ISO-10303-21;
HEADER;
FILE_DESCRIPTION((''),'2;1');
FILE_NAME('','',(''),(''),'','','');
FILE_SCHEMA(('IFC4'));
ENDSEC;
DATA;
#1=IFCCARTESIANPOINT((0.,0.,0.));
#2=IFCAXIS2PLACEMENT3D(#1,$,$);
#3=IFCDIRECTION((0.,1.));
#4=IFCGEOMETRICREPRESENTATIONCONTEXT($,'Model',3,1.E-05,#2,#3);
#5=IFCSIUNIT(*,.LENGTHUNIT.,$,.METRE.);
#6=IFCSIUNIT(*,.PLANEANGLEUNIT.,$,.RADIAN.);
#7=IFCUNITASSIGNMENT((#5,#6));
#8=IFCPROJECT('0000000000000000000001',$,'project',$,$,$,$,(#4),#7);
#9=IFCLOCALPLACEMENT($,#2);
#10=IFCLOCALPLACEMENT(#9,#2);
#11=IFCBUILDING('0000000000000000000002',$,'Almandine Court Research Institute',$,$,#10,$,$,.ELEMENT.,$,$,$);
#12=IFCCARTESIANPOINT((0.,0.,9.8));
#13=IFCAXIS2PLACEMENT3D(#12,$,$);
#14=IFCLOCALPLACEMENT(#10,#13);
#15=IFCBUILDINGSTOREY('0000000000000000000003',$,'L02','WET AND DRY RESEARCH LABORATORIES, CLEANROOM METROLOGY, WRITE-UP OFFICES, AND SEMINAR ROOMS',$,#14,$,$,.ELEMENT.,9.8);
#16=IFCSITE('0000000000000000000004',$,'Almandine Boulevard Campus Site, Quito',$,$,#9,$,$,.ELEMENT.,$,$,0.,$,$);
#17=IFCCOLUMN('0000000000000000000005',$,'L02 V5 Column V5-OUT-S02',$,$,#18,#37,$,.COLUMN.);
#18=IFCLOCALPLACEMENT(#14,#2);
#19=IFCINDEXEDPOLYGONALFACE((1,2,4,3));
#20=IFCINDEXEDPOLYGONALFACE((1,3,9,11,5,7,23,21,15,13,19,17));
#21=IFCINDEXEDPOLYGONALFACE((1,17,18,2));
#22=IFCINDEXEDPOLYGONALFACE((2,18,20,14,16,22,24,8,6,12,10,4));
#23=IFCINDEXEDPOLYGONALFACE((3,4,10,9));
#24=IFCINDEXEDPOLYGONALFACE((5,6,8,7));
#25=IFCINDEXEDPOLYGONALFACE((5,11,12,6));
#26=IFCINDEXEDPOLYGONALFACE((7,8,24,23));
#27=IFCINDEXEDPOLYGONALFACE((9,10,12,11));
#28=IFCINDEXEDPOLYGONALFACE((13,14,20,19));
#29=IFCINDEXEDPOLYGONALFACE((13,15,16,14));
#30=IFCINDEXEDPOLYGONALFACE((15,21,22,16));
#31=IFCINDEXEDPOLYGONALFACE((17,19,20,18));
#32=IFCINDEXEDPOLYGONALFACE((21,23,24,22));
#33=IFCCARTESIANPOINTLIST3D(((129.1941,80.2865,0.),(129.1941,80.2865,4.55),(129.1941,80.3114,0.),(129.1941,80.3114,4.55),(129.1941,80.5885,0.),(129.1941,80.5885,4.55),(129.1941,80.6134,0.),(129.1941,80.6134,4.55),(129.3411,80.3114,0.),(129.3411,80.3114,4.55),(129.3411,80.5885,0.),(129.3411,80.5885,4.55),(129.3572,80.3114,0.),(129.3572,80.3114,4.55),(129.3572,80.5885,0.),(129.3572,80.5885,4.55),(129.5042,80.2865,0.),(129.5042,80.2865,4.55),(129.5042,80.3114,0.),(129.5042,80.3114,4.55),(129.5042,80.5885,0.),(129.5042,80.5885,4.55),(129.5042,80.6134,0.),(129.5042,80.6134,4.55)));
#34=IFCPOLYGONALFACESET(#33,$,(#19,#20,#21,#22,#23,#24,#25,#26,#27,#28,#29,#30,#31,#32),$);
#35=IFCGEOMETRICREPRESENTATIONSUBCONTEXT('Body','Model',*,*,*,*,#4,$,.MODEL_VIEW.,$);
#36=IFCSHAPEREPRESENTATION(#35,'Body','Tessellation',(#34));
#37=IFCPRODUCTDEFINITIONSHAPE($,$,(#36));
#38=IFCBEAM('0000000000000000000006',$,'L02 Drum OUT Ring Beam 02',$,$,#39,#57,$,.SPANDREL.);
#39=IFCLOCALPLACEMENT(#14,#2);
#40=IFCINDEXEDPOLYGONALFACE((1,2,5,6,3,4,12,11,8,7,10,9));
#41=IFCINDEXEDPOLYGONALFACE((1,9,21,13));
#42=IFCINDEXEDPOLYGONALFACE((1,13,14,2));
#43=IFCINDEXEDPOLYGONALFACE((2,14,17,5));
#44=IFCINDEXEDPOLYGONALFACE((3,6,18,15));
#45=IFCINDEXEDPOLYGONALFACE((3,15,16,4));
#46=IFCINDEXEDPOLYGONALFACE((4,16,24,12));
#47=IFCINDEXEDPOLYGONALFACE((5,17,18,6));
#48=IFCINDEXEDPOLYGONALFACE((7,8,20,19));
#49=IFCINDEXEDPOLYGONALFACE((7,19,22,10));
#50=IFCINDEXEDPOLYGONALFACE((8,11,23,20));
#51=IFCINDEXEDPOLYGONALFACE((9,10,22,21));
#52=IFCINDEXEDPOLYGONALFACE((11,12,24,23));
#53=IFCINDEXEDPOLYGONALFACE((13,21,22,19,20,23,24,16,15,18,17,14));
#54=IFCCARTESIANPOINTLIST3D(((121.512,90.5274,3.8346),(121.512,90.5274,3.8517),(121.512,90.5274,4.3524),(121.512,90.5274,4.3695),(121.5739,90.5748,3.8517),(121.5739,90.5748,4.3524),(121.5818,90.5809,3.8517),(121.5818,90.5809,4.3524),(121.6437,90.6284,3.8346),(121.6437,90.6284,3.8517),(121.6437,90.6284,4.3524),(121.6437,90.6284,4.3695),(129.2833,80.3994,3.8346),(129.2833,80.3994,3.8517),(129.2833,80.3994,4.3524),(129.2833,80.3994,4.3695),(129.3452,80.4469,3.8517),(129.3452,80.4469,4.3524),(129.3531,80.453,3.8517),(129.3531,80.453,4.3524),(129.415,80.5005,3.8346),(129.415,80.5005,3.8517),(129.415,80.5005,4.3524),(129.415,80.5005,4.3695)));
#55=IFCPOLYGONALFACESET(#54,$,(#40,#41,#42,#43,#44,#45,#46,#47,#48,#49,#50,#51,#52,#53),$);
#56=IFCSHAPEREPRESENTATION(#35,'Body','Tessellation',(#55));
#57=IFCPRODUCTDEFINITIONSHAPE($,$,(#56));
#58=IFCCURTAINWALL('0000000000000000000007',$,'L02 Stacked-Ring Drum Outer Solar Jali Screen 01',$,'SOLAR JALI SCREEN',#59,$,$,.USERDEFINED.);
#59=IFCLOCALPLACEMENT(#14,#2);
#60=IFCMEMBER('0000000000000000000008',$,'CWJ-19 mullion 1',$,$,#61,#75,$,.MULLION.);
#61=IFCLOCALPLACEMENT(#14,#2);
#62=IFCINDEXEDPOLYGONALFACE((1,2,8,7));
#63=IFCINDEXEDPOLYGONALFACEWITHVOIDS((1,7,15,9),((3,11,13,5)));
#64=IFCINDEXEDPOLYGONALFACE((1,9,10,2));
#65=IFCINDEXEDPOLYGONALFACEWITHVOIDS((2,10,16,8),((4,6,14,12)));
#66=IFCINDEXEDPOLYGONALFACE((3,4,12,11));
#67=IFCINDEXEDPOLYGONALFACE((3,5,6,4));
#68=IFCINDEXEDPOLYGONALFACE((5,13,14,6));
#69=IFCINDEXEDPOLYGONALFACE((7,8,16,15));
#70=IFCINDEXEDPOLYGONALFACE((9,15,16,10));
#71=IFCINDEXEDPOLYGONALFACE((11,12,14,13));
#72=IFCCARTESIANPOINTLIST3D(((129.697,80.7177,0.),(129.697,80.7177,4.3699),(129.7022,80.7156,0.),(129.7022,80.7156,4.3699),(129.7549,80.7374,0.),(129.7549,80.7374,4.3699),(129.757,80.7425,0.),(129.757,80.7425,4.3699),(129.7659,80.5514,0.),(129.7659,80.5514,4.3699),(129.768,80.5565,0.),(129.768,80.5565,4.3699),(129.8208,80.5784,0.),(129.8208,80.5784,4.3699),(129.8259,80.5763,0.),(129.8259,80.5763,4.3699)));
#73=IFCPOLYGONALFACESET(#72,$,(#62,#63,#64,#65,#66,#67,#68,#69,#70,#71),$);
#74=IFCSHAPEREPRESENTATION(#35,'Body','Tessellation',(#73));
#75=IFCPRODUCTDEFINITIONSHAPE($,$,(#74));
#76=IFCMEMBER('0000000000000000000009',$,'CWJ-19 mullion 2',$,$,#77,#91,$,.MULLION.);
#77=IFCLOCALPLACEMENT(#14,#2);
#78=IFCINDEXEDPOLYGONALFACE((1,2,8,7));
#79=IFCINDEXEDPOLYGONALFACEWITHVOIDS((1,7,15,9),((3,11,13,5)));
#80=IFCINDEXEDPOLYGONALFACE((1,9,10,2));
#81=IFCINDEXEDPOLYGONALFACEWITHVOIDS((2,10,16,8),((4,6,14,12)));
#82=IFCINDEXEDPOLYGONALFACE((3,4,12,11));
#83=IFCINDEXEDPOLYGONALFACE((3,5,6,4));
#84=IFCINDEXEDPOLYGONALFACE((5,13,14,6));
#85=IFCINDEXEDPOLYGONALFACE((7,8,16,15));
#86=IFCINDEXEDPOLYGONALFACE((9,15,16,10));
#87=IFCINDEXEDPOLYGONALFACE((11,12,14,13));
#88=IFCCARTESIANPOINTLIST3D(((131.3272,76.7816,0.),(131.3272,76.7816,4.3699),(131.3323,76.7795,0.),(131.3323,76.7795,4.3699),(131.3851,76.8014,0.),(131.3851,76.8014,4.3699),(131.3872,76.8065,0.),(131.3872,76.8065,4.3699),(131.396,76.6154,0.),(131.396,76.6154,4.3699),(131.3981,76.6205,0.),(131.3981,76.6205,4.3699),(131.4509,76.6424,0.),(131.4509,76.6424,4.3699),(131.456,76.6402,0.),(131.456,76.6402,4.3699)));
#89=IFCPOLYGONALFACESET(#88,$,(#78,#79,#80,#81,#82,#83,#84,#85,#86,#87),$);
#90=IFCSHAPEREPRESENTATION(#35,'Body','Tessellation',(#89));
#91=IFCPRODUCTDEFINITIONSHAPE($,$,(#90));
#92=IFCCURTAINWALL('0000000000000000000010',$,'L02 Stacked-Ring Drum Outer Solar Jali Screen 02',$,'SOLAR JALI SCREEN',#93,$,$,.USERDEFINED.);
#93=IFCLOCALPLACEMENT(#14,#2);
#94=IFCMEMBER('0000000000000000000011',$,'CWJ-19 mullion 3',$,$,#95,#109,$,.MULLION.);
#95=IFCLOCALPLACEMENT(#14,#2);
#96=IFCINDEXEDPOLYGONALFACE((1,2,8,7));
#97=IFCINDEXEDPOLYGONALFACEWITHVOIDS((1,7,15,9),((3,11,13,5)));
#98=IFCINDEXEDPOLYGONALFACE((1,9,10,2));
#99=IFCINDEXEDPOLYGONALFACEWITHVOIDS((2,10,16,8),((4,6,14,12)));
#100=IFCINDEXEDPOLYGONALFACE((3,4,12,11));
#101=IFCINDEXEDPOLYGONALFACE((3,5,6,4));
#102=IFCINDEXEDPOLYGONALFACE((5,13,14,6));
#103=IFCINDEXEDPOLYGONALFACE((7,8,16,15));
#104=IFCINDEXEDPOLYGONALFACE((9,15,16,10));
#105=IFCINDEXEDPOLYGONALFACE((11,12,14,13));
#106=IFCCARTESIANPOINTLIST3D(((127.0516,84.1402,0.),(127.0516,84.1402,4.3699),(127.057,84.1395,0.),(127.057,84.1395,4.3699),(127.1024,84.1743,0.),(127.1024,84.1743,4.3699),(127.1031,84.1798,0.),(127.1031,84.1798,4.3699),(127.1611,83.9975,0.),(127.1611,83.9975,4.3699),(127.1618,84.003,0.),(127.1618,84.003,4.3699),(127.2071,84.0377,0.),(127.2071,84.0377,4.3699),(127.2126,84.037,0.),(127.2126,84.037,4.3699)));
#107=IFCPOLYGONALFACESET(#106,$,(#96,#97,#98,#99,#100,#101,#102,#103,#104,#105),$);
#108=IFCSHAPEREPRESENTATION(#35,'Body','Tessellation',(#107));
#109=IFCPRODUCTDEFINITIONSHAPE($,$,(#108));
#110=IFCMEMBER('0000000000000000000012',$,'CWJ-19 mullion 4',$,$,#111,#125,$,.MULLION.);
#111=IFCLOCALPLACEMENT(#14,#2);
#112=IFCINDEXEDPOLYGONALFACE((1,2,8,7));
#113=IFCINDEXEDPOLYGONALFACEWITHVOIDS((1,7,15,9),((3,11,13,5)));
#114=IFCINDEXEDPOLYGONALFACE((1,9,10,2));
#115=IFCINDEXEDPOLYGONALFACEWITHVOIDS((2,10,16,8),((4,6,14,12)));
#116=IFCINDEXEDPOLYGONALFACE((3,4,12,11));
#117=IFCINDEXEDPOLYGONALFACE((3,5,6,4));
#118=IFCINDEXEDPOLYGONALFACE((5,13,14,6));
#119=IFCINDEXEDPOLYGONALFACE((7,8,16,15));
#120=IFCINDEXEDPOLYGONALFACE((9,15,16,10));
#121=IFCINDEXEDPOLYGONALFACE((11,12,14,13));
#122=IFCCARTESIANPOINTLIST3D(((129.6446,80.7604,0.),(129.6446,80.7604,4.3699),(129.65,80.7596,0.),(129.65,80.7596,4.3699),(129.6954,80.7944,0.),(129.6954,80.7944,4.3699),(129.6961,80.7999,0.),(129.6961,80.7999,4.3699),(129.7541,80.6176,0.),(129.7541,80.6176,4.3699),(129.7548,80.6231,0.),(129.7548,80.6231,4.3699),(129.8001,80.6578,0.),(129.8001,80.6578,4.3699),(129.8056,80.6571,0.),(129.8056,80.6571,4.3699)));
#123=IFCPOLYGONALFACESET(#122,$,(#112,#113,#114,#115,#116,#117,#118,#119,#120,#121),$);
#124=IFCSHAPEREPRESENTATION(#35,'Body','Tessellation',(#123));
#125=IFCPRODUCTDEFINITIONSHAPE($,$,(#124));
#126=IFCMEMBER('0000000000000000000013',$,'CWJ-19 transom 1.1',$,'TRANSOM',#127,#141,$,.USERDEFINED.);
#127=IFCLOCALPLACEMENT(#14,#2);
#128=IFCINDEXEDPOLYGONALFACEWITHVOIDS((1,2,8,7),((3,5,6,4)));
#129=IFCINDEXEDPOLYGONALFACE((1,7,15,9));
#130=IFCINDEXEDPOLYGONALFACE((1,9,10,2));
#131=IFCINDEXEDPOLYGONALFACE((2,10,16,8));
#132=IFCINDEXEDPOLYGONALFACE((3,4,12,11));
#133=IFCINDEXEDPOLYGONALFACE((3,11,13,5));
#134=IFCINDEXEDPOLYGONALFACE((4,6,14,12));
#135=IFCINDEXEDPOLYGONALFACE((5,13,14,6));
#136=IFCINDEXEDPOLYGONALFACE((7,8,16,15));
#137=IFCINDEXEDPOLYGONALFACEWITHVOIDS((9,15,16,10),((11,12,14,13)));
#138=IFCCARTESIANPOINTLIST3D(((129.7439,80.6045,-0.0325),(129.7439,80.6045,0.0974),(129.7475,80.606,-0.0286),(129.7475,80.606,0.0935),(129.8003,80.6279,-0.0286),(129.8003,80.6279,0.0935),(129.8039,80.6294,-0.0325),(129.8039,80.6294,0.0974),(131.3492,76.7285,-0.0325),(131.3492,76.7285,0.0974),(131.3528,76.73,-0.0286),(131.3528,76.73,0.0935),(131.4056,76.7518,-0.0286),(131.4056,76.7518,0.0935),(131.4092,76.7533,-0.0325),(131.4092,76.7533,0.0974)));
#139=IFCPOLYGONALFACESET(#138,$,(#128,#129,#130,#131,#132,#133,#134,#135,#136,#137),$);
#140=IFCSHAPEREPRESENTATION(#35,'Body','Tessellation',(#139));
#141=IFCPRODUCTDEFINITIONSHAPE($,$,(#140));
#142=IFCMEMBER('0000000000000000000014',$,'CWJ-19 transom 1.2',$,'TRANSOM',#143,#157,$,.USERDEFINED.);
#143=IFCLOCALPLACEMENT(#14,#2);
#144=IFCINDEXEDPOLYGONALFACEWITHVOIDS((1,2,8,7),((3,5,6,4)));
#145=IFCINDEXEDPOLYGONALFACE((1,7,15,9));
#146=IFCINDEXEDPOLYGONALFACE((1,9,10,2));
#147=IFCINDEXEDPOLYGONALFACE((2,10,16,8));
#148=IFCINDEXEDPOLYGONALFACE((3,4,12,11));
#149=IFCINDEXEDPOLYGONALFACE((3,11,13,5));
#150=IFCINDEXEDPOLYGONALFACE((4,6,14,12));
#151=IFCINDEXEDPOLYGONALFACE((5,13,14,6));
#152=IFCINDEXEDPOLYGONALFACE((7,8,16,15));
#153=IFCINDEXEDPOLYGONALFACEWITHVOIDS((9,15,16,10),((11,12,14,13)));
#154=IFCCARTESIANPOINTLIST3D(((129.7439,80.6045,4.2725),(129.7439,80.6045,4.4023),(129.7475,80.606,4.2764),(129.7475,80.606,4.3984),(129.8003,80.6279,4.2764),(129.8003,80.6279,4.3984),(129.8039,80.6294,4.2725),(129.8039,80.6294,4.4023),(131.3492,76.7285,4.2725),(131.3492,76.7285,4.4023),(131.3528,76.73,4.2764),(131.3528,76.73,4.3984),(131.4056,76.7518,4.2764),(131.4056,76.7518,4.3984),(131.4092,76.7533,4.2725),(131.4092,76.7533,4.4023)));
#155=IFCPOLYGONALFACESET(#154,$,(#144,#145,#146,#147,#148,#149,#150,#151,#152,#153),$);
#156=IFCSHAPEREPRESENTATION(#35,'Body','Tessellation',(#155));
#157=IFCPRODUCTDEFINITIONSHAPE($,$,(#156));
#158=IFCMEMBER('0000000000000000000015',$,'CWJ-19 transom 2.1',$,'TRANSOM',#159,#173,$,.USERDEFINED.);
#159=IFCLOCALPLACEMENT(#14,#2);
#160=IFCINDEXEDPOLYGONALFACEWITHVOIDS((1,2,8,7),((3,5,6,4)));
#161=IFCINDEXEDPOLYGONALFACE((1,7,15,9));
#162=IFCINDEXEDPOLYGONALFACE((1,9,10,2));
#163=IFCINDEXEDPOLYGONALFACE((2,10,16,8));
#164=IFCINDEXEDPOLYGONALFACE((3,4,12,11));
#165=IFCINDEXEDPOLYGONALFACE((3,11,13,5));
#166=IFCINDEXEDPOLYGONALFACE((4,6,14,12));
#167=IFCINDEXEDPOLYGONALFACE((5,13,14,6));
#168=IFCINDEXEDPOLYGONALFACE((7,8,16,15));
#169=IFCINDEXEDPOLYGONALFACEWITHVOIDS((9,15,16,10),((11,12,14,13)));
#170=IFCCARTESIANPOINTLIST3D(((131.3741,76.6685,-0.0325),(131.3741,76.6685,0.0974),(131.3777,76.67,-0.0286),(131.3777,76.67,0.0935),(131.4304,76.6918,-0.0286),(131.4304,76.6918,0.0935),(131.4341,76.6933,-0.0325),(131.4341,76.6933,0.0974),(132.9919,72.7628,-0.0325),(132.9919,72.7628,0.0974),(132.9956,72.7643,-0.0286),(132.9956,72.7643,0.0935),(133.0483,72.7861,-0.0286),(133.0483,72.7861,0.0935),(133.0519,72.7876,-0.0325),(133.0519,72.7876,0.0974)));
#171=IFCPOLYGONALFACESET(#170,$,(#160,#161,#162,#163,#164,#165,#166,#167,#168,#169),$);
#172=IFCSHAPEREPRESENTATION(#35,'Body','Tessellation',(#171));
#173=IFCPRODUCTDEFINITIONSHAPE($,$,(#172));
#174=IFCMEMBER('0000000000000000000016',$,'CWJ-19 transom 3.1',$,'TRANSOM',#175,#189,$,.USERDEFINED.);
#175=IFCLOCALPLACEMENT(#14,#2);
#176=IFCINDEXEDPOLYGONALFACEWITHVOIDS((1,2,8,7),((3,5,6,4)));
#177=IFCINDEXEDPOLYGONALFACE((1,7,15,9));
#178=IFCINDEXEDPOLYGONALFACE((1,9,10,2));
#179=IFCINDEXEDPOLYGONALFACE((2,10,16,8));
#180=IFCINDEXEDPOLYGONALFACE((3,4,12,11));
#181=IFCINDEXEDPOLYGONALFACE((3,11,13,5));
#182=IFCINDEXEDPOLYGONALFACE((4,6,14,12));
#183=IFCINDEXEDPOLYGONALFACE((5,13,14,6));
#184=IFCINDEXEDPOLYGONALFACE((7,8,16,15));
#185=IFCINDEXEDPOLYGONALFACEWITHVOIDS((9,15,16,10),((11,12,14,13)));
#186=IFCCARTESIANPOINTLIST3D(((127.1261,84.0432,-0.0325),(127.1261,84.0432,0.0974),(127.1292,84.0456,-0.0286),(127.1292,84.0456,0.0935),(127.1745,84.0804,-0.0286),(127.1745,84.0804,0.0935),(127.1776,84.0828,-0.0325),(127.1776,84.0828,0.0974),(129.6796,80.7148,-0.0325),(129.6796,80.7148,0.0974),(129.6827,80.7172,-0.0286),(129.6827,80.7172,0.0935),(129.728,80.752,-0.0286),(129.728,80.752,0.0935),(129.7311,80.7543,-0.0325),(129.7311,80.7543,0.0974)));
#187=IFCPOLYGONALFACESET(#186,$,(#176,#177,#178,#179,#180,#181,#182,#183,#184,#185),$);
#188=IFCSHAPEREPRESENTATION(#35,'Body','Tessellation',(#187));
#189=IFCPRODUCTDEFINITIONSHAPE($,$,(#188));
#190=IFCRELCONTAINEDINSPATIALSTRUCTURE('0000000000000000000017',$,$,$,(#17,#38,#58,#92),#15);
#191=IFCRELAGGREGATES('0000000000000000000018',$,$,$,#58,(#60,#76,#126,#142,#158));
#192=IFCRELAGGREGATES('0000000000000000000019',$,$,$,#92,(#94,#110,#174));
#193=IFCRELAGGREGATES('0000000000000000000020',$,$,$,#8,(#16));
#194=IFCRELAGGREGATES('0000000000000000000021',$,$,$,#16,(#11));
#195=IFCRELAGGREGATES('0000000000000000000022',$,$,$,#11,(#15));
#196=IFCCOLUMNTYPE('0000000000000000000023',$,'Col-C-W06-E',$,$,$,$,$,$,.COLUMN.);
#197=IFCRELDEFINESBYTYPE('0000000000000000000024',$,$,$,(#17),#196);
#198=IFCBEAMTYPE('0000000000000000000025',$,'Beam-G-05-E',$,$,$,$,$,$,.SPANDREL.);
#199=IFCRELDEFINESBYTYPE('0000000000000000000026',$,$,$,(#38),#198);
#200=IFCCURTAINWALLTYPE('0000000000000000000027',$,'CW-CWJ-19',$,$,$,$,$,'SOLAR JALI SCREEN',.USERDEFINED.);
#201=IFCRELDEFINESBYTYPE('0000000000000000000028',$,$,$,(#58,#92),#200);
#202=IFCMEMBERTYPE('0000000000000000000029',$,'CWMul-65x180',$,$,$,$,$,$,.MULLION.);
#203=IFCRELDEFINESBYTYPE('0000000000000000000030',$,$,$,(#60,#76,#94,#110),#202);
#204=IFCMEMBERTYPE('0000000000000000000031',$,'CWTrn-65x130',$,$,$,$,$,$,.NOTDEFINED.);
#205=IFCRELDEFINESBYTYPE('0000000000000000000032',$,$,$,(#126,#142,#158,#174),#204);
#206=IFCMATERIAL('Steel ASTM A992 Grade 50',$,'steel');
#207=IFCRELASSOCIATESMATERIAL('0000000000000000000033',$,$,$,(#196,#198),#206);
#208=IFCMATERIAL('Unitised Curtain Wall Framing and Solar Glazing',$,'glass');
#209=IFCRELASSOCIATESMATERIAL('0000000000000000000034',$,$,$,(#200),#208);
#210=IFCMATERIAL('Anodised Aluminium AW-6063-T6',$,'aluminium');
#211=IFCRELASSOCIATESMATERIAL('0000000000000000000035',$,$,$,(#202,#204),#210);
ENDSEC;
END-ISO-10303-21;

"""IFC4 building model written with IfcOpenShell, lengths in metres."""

from ifc_helpers import new_model, si_unit, direction, frame, origin, origin_2d, place, context, subcontext, project, spatial, hollow_rectangle, i_section, extrude, material, material_profile, profile_set, type_object, element, aggregate, save


model = new_model("IFC4")

# Units and contexts
model_context = context("Model", 3, precision=1e-05, world=origin(), true_north=direction((0.0, 1.0)))
body_context = subcontext(model_context, "Body", "Model", "MODEL_VIEW")
ifc_project = project(units=[si_unit("LENGTHUNIT", "METRE"), si_unit("PLANEANGLEUNIT", "RADIAN")], contexts=[model_context])

# Site, building, storey
site_placement = place(None, origin())
site = spatial("IfcSite", under=ifc_project, at=site_placement, Name="Almandine Boulevard Campus Site, Quito", CompositionType="ELEMENT", RefElevation=0.0)
building_placement = place(site_placement, origin())
building = spatial("IfcBuilding", under=site, at=building_placement, Name="Almandine Court Research Institute", CompositionType="ELEMENT")
storey_placement = place(building_placement, frame((0.0, 0.0, 9.8)))
storey = spatial("IfcBuildingStorey", under=building, at=storey_placement, Name="L02", Description="WET AND DRY RESEARCH LABORATORIES, CLEANROOM METROLOGY, WRITE-UP OFFICES, AND SEMINAR ROOMS", CompositionType="ELEMENT", Elevation=9.8)

# Column
ifc_material_1 = material(Name="Steel ASTM A992 Grade 50", Category="steel")
ifc_material_profile_1 = material_profile(ifc_material_1, i_section(OverallWidth=0.3101, OverallDepth=0.3269, WebThickness=0.0161, FlangeThickness=0.0249, at=origin_2d()), Name="W310x158")
ifc_profile_set_1 = profile_set([ifc_material_profile_1], Name="Steel ASTM A992 Grade 50")
column_type = type_object("IfcColumnType", Name="Col-C-W06-E", PredefinedType="COLUMN", material=ifc_profile_set_1)
column_placement = place(storey_placement, frame((129.3491, 80.45, 0.0), z_axis=(0.0, 0.0, 1.0), x_axis=(1.0, 0.0, 0.0)))
element("IfcColumn", 1, at=column_placement, inside=storey, type_object=column_type, Name="L02 V5 Column V5-OUT-S02", PredefinedType="COLUMN", context=body_context, shape_type="SweptSolid", body=[
    extrude(i_section(OverallWidth=0.3101, OverallDepth=0.3269, WebThickness=0.0161, FlangeThickness=0.0249, at=origin_2d()), origin(), (0.0, 0.0, 1.0), 4.55),
])

# Beam
ifc_material_profile_2 = material_profile(ifc_material_1, i_section(OverallWidth=0.166, OverallDepth=0.5349, WebThickness=0.01, FlangeThickness=0.0171, at=origin_2d()), Name="W530x85")
ifc_profile_set_2 = profile_set([ifc_material_profile_2], Name="Steel ASTM A992 Grade 50")
beam_type = type_object("IfcBeamType", Name="Beam-G-05-E", PredefinedType="SPANDREL", material=ifc_profile_set_2)
beam_placement = place(storey_placement, frame((129.3491, 80.45, 4.1021), z_axis=(-0.608752, 0.793361, 0.0), x_axis=(-0.793361, -0.608752, 0.0)))
element("IfcBeam", 2, at=beam_placement, inside=storey, type_object=beam_type, Name="L02 Drum OUT Ring Beam 02", PredefinedType="SPANDREL", context=body_context, shape_type="SweptSolid", body=[
    extrude(i_section(OverallWidth=0.166, OverallDepth=0.5349, WebThickness=0.01, FlangeThickness=0.0171, at=origin_2d()), origin(), (0.0, 0.0, 1.0), 12.7659),
])

# Curtain walls, members
ifc_material_2 = material(Name="Unitised Curtain Wall Framing and Solar Glazing", Category="glass")
curtain_wall_type = type_object("IfcCurtainWallType", Name="CW-CWJ-19", ElementType="SOLAR JALI SCREEN", PredefinedType="USERDEFINED", material=ifc_material_2)
curtain_wall_1_placement = place(storey_placement, origin())
curtain_wall_1 = element("IfcCurtainWall", 3, at=curtain_wall_1_placement, inside=storey, type_object=curtain_wall_type, Name="L02 Stacked-Ring Drum Outer Solar Jali Screen 01", ObjectType="SOLAR JALI SCREEN", PredefinedType="USERDEFINED")
ifc_material_3 = material(Name="Anodised Aluminium AW-6063-T6", Category="aluminium")
ifc_material_profile_3 = material_profile(ifc_material_3, hollow_rectangle(XDim=0.0649, YDim=0.1799, WallThickness=0.0039, at=origin_2d()), Name="ALU RHS 65x180x4")
ifc_profile_set_3 = profile_set([ifc_material_profile_3], Name="Anodised Aluminium AW-6063-T6")
member_type_1 = type_object("IfcMemberType", Name="CWMul-65x180", PredefinedType="MULLION", material=ifc_profile_set_3)
member_1_placement = place(storey_placement, frame((129.7615, 80.647, 0.0), z_axis=(0.0, 0.0, 1.0), x_axis=(0.923888, 0.382663, 0.0)))
member_1 = element("IfcMember", 4, at=member_1_placement, type_object=member_type_1, Name="CWJ-19 mullion 1", PredefinedType="MULLION", context=body_context, shape_type="SweptSolid", body=[
    extrude(hollow_rectangle(XDim=0.0649, YDim=0.1799, WallThickness=0.0039, at=origin_2d()), origin(), (0.0, 0.0, 1.0), 4.3699),
])
member_2_placement = place(storey_placement, frame((131.3916, 76.7109, 0.0), z_axis=(0.0, 0.0, 1.0), x_axis=(0.923888, 0.382663, 0.0)))
member_2 = element("IfcMember", 5, at=member_2_placement, type_object=member_type_1, Name="CWJ-19 mullion 2", PredefinedType="MULLION", context=body_context, shape_type="SweptSolid", body=[
    extrude(hollow_rectangle(XDim=0.0649, YDim=0.1799, WallThickness=0.0039, at=origin_2d()), origin(), (0.0, 0.0, 1.0), 4.3699),
])
curtain_wall_2_placement = place(storey_placement, origin())
curtain_wall_2 = element("IfcCurtainWall", 6, at=curtain_wall_2_placement, inside=storey, type_object=curtain_wall_type, Name="L02 Stacked-Ring Drum Outer Solar Jali Screen 02", ObjectType="SOLAR JALI SCREEN", PredefinedType="USERDEFINED")
member_3_placement = place(storey_placement, frame((127.1321, 84.0886, 0.0), z_axis=(0.0, 0.0, 1.0), x_axis=(0.793383, 0.608723, 0.0)))
member_3 = element("IfcMember", 7, at=member_3_placement, type_object=member_type_1, Name="CWJ-19 mullion 3", PredefinedType="MULLION", context=body_context, shape_type="SweptSolid", body=[
    extrude(hollow_rectangle(XDim=0.0649, YDim=0.1799, WallThickness=0.0039, at=origin_2d()), origin(), (0.0, 0.0, 1.0), 4.3699),
])
member_4_placement = place(storey_placement, frame((129.7251, 80.7087, 0.0), z_axis=(0.0, 0.0, 1.0), x_axis=(0.793383, 0.608723, 0.0)))
member_4 = element("IfcMember", 8, at=member_4_placement, type_object=member_type_1, Name="CWJ-19 mullion 4", PredefinedType="MULLION", context=body_context, shape_type="SweptSolid", body=[
    extrude(hollow_rectangle(XDim=0.0649, YDim=0.1799, WallThickness=0.0039, at=origin_2d()), origin(), (0.0, 0.0, 1.0), 4.3699),
])

# Members
ifc_material_profile_4 = material_profile(ifc_material_3, hollow_rectangle(XDim=0.0649, YDim=0.1299, WallThickness=0.0039, at=origin_2d()), Name="ALU RHS 65x130x4")
ifc_profile_set_4 = profile_set([ifc_material_profile_4], Name="Anodised Aluminium AW-6063-T6")
member_type_2 = type_object("IfcMemberType", Name="CWTrn-65x130", PredefinedType="NOTDEFINED", material=ifc_profile_set_4)
member_5_placement = place(storey_placement, frame((129.7739, 80.6169, 0.0325), z_axis=(0.382631, -0.923901, 0.0), x_axis=(0.923901, 0.382631, 0.0)))
member_5 = element("IfcMember", 9, at=member_5_placement, type_object=member_type_2, Name="CWJ-19 transom 1.1", ObjectType="TRANSOM", PredefinedType="USERDEFINED", context=body_context, shape_type="SweptSolid", body=[
    extrude(hollow_rectangle(XDim=0.0649, YDim=0.1299, WallThickness=0.0039, at=origin_2d()), origin(), (0.0, 0.0, 1.0), 4.1953),
])
member_6_placement = place(storey_placement, frame((129.7739, 80.6169, 4.3374), z_axis=(0.382631, -0.923901, 0.0), x_axis=(0.923901, 0.382631, 0.0)))
member_6 = element("IfcMember", 10, at=member_6_placement, type_object=member_type_2, Name="CWJ-19 transom 1.2", ObjectType="TRANSOM", PredefinedType="USERDEFINED", context=body_context, shape_type="SweptSolid", body=[
    extrude(hollow_rectangle(XDim=0.0649, YDim=0.1299, WallThickness=0.0039, at=origin_2d()), origin(), (0.0, 0.0, 1.0), 4.1953),
])
member_7_placement = place(storey_placement, frame((131.4041, 76.6809, 0.0325), z_axis=(0.382704, -0.923871, 0.0), x_axis=(0.923871, 0.382704, 0.0)))
member_7 = element("IfcMember", 11, at=member_7_placement, type_object=member_type_2, Name="CWJ-19 transom 2.1", ObjectType="TRANSOM", PredefinedType="USERDEFINED", context=body_context, shape_type="SweptSolid", body=[
    extrude(hollow_rectangle(XDim=0.0649, YDim=0.1299, WallThickness=0.0039, at=origin_2d()), origin(), (0.0, 0.0, 1.0), 4.2275),
])
member_8_placement = place(storey_placement, frame((127.1519, 84.063, 0.0325), z_axis=(0.608689, -0.793409, 0.0), x_axis=(0.793409, 0.608689, 0.0)))
member_8 = element("IfcMember", 12, at=member_8_placement, type_object=member_type_2, Name="CWJ-19 transom 3.1", ObjectType="TRANSOM", PredefinedType="USERDEFINED", context=body_context, shape_type="SweptSolid", body=[
    extrude(hollow_rectangle(XDim=0.0649, YDim=0.1299, WallThickness=0.0039, at=origin_2d()), origin(), (0.0, 0.0, 1.0), 4.1951),
])

aggregate(curtain_wall_1, [member_1, member_2, member_5, member_6, member_7])
aggregate(curtain_wall_2, [member_3, member_4, member_8])

save(model, "model.ifc")
